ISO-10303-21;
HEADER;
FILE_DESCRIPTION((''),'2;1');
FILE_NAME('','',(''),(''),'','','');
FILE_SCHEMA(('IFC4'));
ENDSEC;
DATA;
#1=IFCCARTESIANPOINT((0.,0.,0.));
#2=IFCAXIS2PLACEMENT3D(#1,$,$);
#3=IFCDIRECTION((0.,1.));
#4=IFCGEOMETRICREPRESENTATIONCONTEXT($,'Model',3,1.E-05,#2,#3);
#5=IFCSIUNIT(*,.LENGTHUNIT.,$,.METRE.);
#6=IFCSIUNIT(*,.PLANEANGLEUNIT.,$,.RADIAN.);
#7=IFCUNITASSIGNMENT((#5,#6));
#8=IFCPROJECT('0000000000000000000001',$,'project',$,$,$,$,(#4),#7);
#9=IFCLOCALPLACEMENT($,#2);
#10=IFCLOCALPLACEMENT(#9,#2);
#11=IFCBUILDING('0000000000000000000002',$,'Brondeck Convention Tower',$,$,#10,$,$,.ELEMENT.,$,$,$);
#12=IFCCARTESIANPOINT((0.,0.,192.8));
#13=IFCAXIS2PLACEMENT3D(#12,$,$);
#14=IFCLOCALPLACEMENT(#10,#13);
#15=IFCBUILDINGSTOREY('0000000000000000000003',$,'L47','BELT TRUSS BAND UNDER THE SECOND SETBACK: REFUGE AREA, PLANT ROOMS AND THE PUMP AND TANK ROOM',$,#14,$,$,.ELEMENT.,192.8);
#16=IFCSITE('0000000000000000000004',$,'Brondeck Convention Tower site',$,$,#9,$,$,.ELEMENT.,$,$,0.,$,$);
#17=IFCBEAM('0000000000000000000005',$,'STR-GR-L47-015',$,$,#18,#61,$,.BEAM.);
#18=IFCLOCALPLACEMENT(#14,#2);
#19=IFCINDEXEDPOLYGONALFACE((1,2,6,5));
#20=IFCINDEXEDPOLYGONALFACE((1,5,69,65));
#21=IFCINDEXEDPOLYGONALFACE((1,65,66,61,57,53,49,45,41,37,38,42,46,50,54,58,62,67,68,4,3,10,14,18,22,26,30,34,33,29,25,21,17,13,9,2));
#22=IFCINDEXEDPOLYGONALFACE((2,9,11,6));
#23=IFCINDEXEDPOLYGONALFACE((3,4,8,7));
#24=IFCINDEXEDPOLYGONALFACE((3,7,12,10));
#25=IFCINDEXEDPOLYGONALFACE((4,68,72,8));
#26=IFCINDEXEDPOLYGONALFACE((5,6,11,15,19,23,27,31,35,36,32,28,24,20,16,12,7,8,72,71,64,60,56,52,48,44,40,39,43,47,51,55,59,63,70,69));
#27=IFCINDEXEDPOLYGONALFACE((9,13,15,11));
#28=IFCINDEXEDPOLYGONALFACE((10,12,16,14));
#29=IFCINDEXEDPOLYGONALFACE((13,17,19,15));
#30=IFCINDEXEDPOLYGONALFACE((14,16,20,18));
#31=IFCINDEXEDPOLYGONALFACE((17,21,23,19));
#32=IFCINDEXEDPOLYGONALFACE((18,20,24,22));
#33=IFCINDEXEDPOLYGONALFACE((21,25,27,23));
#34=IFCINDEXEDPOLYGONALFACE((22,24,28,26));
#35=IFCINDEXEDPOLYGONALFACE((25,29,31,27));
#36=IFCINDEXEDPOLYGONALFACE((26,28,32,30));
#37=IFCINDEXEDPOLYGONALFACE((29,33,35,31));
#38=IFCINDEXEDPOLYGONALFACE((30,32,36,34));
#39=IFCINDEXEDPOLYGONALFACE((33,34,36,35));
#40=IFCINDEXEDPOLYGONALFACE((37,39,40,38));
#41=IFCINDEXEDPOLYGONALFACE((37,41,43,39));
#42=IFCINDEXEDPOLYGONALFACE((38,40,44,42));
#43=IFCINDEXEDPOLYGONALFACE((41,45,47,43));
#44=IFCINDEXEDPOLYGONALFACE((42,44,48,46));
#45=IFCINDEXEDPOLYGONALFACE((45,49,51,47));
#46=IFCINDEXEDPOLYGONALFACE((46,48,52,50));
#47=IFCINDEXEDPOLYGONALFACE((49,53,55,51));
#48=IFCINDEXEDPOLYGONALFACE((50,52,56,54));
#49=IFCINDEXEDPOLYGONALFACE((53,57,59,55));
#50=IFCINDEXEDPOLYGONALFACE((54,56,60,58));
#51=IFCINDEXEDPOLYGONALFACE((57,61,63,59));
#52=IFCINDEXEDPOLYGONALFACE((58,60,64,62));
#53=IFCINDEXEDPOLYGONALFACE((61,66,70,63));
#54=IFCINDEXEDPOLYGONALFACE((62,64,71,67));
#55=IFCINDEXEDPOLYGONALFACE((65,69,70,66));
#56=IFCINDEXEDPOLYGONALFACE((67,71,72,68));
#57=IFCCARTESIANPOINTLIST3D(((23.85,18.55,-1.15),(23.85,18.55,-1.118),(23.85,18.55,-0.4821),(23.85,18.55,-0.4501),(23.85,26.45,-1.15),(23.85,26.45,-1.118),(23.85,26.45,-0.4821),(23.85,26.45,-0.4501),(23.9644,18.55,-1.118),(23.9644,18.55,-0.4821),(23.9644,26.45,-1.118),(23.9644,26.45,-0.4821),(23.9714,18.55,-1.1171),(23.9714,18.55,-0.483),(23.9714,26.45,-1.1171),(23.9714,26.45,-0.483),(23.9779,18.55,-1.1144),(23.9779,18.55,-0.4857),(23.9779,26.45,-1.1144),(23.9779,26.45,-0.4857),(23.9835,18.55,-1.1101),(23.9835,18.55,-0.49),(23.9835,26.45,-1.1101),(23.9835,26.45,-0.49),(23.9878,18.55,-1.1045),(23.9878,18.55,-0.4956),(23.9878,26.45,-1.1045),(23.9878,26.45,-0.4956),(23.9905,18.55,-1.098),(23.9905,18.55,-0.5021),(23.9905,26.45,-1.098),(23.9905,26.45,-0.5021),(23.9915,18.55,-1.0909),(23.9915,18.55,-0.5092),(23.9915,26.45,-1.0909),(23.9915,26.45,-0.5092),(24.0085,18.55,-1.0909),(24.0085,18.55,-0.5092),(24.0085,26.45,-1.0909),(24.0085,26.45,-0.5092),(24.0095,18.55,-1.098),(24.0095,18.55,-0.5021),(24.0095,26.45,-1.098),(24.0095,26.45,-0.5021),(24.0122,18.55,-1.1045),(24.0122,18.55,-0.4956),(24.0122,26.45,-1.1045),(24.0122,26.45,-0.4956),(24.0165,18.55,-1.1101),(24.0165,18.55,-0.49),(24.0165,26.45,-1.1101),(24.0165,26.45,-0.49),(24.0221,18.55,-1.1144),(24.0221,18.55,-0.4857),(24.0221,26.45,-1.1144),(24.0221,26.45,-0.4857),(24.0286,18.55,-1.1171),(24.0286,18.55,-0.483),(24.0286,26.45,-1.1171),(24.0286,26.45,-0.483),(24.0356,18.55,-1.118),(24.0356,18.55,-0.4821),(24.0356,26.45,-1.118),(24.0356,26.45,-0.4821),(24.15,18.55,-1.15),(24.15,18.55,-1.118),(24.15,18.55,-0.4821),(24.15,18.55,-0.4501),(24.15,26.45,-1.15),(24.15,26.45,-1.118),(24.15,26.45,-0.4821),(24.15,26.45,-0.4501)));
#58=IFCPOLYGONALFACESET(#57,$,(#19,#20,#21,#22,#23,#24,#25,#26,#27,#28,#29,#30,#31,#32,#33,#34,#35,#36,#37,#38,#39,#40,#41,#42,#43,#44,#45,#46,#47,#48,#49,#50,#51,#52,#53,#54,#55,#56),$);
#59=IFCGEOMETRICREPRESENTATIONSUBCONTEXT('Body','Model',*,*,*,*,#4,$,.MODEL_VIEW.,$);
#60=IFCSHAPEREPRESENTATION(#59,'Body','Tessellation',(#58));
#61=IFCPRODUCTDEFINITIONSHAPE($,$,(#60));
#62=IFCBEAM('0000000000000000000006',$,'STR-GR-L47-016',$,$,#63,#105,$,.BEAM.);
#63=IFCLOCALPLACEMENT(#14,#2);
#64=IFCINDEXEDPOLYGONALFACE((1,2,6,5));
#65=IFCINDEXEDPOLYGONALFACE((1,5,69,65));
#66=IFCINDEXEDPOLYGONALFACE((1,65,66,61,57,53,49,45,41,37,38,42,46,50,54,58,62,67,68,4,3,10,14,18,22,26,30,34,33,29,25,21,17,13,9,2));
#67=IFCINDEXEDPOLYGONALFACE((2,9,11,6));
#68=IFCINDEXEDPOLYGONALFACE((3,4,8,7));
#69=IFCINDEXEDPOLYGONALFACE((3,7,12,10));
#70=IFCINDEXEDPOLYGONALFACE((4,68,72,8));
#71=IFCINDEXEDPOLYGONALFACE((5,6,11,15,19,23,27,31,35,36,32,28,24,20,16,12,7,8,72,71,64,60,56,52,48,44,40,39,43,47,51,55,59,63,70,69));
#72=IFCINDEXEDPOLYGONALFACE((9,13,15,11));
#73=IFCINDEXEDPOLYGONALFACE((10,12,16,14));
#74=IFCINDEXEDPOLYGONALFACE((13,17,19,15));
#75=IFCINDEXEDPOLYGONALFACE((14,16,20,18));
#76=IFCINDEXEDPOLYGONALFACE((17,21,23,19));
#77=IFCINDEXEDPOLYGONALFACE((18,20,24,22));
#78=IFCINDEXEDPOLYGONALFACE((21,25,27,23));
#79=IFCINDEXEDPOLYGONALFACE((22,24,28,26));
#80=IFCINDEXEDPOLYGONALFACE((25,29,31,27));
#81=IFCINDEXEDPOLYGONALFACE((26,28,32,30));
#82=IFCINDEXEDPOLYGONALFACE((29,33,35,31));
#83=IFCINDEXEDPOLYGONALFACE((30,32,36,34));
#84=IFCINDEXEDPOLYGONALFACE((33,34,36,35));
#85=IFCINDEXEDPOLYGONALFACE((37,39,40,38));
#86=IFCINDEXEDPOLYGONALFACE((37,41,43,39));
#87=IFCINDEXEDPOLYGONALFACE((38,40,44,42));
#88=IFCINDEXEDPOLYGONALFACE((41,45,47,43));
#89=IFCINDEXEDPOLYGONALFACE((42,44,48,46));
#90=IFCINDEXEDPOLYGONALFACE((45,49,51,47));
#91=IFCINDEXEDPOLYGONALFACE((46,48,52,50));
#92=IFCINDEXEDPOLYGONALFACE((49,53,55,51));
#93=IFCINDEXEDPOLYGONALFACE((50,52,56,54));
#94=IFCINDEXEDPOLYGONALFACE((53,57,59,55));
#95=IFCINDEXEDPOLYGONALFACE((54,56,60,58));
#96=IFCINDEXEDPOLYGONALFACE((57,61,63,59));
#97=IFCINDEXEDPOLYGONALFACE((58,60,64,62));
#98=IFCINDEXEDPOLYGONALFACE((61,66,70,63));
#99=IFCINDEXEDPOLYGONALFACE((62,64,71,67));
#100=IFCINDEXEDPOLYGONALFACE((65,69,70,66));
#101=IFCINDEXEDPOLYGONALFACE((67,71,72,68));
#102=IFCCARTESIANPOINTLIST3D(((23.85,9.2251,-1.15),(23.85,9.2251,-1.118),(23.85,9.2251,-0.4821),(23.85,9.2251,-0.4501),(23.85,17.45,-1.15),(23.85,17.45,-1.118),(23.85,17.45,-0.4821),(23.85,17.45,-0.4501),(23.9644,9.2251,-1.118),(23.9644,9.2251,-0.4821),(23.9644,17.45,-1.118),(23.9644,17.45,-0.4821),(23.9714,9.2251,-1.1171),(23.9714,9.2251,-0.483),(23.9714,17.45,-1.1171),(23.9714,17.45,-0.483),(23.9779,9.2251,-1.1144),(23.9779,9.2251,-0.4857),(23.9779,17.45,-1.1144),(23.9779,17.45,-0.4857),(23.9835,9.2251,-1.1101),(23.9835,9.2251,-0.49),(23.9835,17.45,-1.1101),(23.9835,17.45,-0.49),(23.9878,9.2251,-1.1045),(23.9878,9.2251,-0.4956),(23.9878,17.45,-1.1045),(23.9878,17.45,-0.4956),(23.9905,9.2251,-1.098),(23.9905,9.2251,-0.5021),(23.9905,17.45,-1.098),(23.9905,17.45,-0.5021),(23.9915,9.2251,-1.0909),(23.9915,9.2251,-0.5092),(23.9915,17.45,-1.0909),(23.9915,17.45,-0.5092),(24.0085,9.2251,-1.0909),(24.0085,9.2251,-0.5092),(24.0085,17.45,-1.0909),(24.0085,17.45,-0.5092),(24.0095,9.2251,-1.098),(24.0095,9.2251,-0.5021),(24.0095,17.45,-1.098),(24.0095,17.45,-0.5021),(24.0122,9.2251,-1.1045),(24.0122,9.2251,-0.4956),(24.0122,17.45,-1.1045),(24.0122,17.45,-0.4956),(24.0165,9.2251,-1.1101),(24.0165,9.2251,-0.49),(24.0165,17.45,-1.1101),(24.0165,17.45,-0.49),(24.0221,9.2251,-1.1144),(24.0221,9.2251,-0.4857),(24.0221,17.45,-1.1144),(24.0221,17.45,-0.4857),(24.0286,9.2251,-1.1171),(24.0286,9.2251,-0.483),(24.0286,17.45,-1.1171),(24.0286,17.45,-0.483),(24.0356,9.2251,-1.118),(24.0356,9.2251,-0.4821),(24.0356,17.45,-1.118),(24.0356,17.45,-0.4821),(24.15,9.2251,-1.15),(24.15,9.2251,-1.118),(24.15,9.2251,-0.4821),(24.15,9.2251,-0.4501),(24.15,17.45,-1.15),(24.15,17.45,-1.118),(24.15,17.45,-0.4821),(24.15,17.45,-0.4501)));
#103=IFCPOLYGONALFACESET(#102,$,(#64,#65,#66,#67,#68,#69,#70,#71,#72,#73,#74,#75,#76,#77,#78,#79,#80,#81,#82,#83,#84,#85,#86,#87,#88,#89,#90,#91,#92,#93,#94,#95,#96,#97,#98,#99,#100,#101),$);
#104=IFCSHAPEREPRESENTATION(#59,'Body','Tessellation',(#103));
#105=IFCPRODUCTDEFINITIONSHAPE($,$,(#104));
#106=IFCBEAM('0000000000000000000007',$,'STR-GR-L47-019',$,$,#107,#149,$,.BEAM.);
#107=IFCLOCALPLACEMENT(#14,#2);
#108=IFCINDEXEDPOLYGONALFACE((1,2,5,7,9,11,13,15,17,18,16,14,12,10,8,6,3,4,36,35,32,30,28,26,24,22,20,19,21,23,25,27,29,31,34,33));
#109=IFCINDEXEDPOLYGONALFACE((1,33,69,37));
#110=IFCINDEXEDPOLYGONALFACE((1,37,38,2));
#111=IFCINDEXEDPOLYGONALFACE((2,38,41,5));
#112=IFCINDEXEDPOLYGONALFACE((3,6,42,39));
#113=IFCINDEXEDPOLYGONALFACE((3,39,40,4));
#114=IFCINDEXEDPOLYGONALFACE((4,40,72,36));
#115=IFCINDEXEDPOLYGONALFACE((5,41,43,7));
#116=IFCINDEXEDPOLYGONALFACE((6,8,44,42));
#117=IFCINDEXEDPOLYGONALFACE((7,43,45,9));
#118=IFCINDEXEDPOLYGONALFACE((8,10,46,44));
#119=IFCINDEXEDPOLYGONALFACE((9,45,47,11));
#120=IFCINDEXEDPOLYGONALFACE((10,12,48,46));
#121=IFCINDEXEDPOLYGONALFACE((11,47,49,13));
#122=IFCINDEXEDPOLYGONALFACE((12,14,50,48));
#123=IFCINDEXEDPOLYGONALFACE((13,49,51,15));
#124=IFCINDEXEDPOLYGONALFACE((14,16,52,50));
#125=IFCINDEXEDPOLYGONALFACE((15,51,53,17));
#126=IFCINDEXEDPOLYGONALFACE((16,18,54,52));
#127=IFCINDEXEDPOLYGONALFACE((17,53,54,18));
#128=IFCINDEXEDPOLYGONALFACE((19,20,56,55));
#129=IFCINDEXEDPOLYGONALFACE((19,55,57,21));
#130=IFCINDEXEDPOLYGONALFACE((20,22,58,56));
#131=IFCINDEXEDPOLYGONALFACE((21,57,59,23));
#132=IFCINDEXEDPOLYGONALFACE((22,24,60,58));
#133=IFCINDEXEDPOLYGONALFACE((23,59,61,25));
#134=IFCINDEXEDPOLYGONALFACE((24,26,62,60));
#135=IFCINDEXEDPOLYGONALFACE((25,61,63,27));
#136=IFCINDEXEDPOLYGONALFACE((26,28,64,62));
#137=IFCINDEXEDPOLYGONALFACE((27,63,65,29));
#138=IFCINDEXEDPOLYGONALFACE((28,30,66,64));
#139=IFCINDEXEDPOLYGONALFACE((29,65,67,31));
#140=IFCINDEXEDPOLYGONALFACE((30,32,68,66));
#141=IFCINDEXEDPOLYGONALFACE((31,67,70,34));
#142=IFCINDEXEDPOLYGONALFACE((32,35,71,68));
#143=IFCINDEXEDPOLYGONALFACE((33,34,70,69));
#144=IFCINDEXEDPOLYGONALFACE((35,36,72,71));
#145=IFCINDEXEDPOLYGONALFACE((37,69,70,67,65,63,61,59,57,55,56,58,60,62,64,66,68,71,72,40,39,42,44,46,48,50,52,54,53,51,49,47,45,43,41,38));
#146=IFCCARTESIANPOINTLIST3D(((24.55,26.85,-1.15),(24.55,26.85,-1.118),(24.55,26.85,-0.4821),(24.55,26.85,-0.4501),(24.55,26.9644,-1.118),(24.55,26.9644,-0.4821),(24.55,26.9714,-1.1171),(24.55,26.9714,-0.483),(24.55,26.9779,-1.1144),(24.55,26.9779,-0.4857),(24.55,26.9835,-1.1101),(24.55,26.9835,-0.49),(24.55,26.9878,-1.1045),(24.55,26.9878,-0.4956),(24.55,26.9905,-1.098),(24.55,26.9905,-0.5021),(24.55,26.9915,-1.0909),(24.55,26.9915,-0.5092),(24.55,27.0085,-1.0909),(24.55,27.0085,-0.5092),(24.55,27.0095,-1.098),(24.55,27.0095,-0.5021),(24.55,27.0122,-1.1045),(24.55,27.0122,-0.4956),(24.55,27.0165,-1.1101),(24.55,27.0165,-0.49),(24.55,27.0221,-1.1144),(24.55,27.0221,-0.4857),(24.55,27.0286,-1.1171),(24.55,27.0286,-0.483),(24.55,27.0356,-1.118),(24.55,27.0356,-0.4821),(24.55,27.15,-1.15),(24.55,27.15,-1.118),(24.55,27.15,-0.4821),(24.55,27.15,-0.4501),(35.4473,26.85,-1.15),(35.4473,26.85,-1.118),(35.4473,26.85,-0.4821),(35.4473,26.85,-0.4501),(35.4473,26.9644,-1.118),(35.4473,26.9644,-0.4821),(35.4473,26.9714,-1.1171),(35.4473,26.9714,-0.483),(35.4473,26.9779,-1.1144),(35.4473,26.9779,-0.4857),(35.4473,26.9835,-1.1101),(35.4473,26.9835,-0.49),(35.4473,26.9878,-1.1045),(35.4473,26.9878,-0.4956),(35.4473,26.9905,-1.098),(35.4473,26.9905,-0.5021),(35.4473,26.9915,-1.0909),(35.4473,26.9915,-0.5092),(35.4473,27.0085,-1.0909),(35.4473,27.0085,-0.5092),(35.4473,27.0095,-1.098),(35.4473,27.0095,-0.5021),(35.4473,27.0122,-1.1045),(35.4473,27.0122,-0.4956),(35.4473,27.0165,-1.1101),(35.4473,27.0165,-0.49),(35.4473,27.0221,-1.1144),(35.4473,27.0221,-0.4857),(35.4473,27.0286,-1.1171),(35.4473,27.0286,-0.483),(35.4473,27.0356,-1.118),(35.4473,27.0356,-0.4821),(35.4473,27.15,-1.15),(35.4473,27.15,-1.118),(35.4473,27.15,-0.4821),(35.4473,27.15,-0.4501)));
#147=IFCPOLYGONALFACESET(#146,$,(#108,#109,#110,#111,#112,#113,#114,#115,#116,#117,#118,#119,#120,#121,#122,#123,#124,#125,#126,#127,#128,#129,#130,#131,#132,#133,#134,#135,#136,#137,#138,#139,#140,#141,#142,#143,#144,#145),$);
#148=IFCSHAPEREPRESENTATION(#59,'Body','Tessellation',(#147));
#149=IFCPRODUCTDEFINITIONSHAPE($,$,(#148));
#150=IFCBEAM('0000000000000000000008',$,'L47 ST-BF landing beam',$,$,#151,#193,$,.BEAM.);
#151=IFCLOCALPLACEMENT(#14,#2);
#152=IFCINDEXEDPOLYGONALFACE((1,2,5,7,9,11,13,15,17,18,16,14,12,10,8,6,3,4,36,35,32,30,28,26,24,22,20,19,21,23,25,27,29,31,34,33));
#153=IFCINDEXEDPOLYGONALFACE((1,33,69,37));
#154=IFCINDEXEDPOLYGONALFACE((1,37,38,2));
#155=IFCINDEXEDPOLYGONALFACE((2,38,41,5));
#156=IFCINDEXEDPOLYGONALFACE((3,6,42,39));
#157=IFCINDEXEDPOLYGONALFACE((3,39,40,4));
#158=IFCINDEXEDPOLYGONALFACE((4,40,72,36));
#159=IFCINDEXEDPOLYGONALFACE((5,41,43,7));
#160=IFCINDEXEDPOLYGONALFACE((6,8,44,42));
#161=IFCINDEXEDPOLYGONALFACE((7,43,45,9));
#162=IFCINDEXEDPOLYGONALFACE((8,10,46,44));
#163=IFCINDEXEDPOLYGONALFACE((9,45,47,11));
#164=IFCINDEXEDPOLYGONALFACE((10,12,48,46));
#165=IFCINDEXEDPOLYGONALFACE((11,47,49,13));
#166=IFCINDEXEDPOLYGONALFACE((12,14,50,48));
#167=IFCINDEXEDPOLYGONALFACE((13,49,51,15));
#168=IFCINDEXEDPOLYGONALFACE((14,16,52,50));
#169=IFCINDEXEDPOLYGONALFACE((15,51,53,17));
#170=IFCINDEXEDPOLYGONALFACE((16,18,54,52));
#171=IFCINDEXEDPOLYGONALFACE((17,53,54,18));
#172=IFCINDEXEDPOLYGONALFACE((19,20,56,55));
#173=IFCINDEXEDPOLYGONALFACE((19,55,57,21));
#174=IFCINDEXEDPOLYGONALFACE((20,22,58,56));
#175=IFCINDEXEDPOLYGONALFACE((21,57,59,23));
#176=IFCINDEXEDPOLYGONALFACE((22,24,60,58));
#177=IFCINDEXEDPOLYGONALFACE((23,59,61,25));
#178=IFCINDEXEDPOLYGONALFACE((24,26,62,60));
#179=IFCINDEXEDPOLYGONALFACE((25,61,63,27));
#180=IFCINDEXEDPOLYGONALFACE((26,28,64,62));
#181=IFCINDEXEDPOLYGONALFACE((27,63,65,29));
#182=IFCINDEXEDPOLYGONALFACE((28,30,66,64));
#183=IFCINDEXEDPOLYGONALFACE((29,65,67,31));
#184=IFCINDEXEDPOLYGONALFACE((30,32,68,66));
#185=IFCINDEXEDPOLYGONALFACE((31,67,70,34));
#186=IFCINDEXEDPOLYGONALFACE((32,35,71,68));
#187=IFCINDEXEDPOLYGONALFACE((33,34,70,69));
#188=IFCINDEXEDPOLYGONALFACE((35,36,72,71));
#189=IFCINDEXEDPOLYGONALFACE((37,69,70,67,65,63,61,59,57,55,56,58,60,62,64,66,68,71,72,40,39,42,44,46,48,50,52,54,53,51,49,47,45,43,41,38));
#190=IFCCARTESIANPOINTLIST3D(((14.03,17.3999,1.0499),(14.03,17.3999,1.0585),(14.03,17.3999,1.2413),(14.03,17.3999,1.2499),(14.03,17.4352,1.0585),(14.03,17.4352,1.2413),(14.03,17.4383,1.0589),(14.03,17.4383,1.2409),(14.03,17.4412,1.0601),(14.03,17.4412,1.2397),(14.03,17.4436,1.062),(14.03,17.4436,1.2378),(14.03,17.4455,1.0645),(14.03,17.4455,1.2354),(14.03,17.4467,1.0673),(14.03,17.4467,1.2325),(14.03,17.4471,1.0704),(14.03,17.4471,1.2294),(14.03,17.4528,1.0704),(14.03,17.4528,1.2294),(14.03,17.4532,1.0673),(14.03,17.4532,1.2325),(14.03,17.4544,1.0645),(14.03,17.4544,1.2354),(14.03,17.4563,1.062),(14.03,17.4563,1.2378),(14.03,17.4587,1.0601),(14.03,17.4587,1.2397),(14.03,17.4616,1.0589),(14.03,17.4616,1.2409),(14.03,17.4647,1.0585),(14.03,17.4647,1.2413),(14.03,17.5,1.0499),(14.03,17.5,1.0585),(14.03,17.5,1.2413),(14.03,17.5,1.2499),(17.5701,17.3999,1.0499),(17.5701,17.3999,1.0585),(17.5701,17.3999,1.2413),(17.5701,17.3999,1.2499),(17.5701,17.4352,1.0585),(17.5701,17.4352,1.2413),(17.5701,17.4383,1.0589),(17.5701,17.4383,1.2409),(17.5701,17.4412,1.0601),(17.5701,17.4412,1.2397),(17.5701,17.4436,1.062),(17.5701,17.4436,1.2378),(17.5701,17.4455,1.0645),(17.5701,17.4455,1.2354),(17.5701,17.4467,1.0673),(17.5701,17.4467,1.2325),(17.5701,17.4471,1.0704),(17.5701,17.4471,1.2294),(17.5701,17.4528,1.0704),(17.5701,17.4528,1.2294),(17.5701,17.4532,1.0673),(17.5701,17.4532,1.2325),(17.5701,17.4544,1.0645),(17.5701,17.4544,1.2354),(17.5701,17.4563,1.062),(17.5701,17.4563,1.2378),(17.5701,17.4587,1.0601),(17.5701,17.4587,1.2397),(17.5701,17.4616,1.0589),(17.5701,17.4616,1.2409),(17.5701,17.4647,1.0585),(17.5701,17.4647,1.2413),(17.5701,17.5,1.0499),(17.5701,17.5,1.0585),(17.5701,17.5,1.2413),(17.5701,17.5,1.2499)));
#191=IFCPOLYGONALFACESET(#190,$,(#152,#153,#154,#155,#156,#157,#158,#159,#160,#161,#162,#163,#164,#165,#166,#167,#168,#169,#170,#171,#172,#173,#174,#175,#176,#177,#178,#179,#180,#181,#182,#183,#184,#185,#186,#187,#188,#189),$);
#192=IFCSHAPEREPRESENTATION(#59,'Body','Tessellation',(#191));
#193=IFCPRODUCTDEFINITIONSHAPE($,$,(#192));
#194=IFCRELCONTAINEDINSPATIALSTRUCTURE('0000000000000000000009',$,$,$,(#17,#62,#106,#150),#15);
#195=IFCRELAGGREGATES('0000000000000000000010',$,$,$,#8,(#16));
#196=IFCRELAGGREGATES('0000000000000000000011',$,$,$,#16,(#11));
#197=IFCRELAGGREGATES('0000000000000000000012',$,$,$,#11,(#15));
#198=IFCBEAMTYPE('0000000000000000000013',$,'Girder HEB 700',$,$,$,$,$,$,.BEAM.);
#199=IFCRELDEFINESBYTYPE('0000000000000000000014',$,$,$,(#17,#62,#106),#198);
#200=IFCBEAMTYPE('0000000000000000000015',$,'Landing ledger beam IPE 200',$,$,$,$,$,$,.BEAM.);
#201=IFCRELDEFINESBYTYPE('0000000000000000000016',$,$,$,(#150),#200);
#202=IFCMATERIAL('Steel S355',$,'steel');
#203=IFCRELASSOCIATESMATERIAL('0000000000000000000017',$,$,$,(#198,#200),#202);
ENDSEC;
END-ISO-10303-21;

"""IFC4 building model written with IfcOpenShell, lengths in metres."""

from ifc_helpers import new_model, si_unit, direction, frame, origin, origin_2d, place, context, subcontext, project, spatial, i_section, extrude, material, material_profile, profile_set, type_object, element, save


model = new_model("IFC4")

# Units and contexts
model_context = context("Model", 3, precision=1e-05, world=origin(), true_north=direction((0.0, 1.0)))
body_context = subcontext(model_context, "Body", "Model", "MODEL_VIEW")
ifc_project = project(units=[si_unit("LENGTHUNIT", "METRE"), si_unit("PLANEANGLEUNIT", "RADIAN")], contexts=[model_context])

# Site, building, storey
site_placement = place(None, origin())
site = spatial("IfcSite", under=ifc_project, at=site_placement, Name="Brondeck Convention Tower site", CompositionType="ELEMENT", RefElevation=0.0)
building_placement = place(site_placement, origin())
building = spatial("IfcBuilding", under=site, at=building_placement, Name="Brondeck Convention Tower", CompositionType="ELEMENT")
storey_placement = place(building_placement, frame((0.0, 0.0, 192.8)))
storey = spatial("IfcBuildingStorey", under=building, at=storey_placement, Name="L47", Description="BELT TRUSS BAND UNDER THE SECOND SETBACK: REFUGE AREA, PLANT ROOMS AND THE PUMP AND TANK ROOM", CompositionType="ELEMENT", Elevation=192.8)

# Beams
ifc_material_1 = material(Name="Steel S355", Category="steel")
ifc_material_profile_1 = material_profile(ifc_material_1, i_section(OverallWidth=0.3, OverallDepth=0.7, WebThickness=0.0171, FlangeThickness=0.032, FilletRadius=0.0271, at=origin_2d()), Name="HEB 700")
ifc_profile_set_1 = profile_set([ifc_material_profile_1], Name="Steel S355")
beam_type_1 = type_object("IfcBeamType", Name="Girder HEB 700", PredefinedType="BEAM", material=ifc_profile_set_1)
beam_1_placement = place(storey_placement, frame((24.0, 26.45, -0.8), z_axis=(0.0, -1.0, 0.0), x_axis=(1.0, 0.0, 0.0)))
element("IfcBeam", 1, at=beam_1_placement, inside=storey, type_object=beam_type_1, Name="STR-GR-L47-015", PredefinedType="BEAM", context=body_context, shape_type="SweptSolid", body=[
    extrude(i_section(OverallWidth=0.3, OverallDepth=0.7, WebThickness=0.0171, FlangeThickness=0.032, FilletRadius=0.0271, at=origin_2d()), origin(), (0.0, 0.0, 1.0), 7.8999),
])
beam_2_placement = place(storey_placement, frame((24.0, 17.45, -0.8), z_axis=(0.0, -1.0, 0.0), x_axis=(1.0, 0.0, 0.0)))
element("IfcBeam", 2, at=beam_2_placement, inside=storey, type_object=beam_type_1, Name="STR-GR-L47-016", PredefinedType="BEAM", context=body_context, shape_type="SweptSolid", body=[
    extrude(i_section(OverallWidth=0.3, OverallDepth=0.7, WebThickness=0.0171, FlangeThickness=0.032, FilletRadius=0.0271, at=origin_2d()), origin(), (0.0, 0.0, 1.0), 8.2249),
])
beam_3_placement = place(storey_placement, frame((24.55, 27.0, -0.8), z_axis=(1.0, 0.0, 0.0), x_axis=(0.0, 1.0, 0.0)))
element("IfcBeam", 3, at=beam_3_placement, inside=storey, type_object=beam_type_1, Name="STR-GR-L47-019", PredefinedType="BEAM", context=body_context, shape_type="SweptSolid", body=[
    extrude(i_section(OverallWidth=0.3, OverallDepth=0.7, WebThickness=0.0171, FlangeThickness=0.032, FilletRadius=0.0271, at=origin_2d()), origin(), (0.0, 0.0, 1.0), 10.8972),
])
ifc_material_profile_2 = material_profile(ifc_material_1, i_section(OverallWidth=0.1001, OverallDepth=0.2, WebThickness=0.0056, FlangeThickness=0.0085, FilletRadius=0.012, at=origin_2d()), Name="IPE200")
ifc_profile_set_2 = profile_set([ifc_material_profile_2], Name="Steel S355")
beam_type_2 = type_object("IfcBeamType", Name="Landing ledger beam IPE 200", PredefinedType="BEAM", material=ifc_profile_set_2)
for number, where, z_axis, x_axis, name in (
    (4, (17.5701, 17.45, 1.1499), (-1.0, 0.0, 0.0), (0.0, -1.0, 0.0), "L47 ST-BF landing beam"),
):
    element("IfcBeam", number, at=place(storey_placement, frame(where, z_axis=z_axis, x_axis=x_axis)), inside=storey, type_object=beam_type_2, Name=name, PredefinedType="BEAM", context=body_context, shape_type="SweptSolid", body=[
        extrude(i_section(OverallWidth=0.1001, OverallDepth=0.2, WebThickness=0.0056, FlangeThickness=0.0085, FilletRadius=0.012, at=origin_2d()), origin(), (0.0, 0.0, 1.0), 3.54),
    ])

save(model, "model.ifc")
